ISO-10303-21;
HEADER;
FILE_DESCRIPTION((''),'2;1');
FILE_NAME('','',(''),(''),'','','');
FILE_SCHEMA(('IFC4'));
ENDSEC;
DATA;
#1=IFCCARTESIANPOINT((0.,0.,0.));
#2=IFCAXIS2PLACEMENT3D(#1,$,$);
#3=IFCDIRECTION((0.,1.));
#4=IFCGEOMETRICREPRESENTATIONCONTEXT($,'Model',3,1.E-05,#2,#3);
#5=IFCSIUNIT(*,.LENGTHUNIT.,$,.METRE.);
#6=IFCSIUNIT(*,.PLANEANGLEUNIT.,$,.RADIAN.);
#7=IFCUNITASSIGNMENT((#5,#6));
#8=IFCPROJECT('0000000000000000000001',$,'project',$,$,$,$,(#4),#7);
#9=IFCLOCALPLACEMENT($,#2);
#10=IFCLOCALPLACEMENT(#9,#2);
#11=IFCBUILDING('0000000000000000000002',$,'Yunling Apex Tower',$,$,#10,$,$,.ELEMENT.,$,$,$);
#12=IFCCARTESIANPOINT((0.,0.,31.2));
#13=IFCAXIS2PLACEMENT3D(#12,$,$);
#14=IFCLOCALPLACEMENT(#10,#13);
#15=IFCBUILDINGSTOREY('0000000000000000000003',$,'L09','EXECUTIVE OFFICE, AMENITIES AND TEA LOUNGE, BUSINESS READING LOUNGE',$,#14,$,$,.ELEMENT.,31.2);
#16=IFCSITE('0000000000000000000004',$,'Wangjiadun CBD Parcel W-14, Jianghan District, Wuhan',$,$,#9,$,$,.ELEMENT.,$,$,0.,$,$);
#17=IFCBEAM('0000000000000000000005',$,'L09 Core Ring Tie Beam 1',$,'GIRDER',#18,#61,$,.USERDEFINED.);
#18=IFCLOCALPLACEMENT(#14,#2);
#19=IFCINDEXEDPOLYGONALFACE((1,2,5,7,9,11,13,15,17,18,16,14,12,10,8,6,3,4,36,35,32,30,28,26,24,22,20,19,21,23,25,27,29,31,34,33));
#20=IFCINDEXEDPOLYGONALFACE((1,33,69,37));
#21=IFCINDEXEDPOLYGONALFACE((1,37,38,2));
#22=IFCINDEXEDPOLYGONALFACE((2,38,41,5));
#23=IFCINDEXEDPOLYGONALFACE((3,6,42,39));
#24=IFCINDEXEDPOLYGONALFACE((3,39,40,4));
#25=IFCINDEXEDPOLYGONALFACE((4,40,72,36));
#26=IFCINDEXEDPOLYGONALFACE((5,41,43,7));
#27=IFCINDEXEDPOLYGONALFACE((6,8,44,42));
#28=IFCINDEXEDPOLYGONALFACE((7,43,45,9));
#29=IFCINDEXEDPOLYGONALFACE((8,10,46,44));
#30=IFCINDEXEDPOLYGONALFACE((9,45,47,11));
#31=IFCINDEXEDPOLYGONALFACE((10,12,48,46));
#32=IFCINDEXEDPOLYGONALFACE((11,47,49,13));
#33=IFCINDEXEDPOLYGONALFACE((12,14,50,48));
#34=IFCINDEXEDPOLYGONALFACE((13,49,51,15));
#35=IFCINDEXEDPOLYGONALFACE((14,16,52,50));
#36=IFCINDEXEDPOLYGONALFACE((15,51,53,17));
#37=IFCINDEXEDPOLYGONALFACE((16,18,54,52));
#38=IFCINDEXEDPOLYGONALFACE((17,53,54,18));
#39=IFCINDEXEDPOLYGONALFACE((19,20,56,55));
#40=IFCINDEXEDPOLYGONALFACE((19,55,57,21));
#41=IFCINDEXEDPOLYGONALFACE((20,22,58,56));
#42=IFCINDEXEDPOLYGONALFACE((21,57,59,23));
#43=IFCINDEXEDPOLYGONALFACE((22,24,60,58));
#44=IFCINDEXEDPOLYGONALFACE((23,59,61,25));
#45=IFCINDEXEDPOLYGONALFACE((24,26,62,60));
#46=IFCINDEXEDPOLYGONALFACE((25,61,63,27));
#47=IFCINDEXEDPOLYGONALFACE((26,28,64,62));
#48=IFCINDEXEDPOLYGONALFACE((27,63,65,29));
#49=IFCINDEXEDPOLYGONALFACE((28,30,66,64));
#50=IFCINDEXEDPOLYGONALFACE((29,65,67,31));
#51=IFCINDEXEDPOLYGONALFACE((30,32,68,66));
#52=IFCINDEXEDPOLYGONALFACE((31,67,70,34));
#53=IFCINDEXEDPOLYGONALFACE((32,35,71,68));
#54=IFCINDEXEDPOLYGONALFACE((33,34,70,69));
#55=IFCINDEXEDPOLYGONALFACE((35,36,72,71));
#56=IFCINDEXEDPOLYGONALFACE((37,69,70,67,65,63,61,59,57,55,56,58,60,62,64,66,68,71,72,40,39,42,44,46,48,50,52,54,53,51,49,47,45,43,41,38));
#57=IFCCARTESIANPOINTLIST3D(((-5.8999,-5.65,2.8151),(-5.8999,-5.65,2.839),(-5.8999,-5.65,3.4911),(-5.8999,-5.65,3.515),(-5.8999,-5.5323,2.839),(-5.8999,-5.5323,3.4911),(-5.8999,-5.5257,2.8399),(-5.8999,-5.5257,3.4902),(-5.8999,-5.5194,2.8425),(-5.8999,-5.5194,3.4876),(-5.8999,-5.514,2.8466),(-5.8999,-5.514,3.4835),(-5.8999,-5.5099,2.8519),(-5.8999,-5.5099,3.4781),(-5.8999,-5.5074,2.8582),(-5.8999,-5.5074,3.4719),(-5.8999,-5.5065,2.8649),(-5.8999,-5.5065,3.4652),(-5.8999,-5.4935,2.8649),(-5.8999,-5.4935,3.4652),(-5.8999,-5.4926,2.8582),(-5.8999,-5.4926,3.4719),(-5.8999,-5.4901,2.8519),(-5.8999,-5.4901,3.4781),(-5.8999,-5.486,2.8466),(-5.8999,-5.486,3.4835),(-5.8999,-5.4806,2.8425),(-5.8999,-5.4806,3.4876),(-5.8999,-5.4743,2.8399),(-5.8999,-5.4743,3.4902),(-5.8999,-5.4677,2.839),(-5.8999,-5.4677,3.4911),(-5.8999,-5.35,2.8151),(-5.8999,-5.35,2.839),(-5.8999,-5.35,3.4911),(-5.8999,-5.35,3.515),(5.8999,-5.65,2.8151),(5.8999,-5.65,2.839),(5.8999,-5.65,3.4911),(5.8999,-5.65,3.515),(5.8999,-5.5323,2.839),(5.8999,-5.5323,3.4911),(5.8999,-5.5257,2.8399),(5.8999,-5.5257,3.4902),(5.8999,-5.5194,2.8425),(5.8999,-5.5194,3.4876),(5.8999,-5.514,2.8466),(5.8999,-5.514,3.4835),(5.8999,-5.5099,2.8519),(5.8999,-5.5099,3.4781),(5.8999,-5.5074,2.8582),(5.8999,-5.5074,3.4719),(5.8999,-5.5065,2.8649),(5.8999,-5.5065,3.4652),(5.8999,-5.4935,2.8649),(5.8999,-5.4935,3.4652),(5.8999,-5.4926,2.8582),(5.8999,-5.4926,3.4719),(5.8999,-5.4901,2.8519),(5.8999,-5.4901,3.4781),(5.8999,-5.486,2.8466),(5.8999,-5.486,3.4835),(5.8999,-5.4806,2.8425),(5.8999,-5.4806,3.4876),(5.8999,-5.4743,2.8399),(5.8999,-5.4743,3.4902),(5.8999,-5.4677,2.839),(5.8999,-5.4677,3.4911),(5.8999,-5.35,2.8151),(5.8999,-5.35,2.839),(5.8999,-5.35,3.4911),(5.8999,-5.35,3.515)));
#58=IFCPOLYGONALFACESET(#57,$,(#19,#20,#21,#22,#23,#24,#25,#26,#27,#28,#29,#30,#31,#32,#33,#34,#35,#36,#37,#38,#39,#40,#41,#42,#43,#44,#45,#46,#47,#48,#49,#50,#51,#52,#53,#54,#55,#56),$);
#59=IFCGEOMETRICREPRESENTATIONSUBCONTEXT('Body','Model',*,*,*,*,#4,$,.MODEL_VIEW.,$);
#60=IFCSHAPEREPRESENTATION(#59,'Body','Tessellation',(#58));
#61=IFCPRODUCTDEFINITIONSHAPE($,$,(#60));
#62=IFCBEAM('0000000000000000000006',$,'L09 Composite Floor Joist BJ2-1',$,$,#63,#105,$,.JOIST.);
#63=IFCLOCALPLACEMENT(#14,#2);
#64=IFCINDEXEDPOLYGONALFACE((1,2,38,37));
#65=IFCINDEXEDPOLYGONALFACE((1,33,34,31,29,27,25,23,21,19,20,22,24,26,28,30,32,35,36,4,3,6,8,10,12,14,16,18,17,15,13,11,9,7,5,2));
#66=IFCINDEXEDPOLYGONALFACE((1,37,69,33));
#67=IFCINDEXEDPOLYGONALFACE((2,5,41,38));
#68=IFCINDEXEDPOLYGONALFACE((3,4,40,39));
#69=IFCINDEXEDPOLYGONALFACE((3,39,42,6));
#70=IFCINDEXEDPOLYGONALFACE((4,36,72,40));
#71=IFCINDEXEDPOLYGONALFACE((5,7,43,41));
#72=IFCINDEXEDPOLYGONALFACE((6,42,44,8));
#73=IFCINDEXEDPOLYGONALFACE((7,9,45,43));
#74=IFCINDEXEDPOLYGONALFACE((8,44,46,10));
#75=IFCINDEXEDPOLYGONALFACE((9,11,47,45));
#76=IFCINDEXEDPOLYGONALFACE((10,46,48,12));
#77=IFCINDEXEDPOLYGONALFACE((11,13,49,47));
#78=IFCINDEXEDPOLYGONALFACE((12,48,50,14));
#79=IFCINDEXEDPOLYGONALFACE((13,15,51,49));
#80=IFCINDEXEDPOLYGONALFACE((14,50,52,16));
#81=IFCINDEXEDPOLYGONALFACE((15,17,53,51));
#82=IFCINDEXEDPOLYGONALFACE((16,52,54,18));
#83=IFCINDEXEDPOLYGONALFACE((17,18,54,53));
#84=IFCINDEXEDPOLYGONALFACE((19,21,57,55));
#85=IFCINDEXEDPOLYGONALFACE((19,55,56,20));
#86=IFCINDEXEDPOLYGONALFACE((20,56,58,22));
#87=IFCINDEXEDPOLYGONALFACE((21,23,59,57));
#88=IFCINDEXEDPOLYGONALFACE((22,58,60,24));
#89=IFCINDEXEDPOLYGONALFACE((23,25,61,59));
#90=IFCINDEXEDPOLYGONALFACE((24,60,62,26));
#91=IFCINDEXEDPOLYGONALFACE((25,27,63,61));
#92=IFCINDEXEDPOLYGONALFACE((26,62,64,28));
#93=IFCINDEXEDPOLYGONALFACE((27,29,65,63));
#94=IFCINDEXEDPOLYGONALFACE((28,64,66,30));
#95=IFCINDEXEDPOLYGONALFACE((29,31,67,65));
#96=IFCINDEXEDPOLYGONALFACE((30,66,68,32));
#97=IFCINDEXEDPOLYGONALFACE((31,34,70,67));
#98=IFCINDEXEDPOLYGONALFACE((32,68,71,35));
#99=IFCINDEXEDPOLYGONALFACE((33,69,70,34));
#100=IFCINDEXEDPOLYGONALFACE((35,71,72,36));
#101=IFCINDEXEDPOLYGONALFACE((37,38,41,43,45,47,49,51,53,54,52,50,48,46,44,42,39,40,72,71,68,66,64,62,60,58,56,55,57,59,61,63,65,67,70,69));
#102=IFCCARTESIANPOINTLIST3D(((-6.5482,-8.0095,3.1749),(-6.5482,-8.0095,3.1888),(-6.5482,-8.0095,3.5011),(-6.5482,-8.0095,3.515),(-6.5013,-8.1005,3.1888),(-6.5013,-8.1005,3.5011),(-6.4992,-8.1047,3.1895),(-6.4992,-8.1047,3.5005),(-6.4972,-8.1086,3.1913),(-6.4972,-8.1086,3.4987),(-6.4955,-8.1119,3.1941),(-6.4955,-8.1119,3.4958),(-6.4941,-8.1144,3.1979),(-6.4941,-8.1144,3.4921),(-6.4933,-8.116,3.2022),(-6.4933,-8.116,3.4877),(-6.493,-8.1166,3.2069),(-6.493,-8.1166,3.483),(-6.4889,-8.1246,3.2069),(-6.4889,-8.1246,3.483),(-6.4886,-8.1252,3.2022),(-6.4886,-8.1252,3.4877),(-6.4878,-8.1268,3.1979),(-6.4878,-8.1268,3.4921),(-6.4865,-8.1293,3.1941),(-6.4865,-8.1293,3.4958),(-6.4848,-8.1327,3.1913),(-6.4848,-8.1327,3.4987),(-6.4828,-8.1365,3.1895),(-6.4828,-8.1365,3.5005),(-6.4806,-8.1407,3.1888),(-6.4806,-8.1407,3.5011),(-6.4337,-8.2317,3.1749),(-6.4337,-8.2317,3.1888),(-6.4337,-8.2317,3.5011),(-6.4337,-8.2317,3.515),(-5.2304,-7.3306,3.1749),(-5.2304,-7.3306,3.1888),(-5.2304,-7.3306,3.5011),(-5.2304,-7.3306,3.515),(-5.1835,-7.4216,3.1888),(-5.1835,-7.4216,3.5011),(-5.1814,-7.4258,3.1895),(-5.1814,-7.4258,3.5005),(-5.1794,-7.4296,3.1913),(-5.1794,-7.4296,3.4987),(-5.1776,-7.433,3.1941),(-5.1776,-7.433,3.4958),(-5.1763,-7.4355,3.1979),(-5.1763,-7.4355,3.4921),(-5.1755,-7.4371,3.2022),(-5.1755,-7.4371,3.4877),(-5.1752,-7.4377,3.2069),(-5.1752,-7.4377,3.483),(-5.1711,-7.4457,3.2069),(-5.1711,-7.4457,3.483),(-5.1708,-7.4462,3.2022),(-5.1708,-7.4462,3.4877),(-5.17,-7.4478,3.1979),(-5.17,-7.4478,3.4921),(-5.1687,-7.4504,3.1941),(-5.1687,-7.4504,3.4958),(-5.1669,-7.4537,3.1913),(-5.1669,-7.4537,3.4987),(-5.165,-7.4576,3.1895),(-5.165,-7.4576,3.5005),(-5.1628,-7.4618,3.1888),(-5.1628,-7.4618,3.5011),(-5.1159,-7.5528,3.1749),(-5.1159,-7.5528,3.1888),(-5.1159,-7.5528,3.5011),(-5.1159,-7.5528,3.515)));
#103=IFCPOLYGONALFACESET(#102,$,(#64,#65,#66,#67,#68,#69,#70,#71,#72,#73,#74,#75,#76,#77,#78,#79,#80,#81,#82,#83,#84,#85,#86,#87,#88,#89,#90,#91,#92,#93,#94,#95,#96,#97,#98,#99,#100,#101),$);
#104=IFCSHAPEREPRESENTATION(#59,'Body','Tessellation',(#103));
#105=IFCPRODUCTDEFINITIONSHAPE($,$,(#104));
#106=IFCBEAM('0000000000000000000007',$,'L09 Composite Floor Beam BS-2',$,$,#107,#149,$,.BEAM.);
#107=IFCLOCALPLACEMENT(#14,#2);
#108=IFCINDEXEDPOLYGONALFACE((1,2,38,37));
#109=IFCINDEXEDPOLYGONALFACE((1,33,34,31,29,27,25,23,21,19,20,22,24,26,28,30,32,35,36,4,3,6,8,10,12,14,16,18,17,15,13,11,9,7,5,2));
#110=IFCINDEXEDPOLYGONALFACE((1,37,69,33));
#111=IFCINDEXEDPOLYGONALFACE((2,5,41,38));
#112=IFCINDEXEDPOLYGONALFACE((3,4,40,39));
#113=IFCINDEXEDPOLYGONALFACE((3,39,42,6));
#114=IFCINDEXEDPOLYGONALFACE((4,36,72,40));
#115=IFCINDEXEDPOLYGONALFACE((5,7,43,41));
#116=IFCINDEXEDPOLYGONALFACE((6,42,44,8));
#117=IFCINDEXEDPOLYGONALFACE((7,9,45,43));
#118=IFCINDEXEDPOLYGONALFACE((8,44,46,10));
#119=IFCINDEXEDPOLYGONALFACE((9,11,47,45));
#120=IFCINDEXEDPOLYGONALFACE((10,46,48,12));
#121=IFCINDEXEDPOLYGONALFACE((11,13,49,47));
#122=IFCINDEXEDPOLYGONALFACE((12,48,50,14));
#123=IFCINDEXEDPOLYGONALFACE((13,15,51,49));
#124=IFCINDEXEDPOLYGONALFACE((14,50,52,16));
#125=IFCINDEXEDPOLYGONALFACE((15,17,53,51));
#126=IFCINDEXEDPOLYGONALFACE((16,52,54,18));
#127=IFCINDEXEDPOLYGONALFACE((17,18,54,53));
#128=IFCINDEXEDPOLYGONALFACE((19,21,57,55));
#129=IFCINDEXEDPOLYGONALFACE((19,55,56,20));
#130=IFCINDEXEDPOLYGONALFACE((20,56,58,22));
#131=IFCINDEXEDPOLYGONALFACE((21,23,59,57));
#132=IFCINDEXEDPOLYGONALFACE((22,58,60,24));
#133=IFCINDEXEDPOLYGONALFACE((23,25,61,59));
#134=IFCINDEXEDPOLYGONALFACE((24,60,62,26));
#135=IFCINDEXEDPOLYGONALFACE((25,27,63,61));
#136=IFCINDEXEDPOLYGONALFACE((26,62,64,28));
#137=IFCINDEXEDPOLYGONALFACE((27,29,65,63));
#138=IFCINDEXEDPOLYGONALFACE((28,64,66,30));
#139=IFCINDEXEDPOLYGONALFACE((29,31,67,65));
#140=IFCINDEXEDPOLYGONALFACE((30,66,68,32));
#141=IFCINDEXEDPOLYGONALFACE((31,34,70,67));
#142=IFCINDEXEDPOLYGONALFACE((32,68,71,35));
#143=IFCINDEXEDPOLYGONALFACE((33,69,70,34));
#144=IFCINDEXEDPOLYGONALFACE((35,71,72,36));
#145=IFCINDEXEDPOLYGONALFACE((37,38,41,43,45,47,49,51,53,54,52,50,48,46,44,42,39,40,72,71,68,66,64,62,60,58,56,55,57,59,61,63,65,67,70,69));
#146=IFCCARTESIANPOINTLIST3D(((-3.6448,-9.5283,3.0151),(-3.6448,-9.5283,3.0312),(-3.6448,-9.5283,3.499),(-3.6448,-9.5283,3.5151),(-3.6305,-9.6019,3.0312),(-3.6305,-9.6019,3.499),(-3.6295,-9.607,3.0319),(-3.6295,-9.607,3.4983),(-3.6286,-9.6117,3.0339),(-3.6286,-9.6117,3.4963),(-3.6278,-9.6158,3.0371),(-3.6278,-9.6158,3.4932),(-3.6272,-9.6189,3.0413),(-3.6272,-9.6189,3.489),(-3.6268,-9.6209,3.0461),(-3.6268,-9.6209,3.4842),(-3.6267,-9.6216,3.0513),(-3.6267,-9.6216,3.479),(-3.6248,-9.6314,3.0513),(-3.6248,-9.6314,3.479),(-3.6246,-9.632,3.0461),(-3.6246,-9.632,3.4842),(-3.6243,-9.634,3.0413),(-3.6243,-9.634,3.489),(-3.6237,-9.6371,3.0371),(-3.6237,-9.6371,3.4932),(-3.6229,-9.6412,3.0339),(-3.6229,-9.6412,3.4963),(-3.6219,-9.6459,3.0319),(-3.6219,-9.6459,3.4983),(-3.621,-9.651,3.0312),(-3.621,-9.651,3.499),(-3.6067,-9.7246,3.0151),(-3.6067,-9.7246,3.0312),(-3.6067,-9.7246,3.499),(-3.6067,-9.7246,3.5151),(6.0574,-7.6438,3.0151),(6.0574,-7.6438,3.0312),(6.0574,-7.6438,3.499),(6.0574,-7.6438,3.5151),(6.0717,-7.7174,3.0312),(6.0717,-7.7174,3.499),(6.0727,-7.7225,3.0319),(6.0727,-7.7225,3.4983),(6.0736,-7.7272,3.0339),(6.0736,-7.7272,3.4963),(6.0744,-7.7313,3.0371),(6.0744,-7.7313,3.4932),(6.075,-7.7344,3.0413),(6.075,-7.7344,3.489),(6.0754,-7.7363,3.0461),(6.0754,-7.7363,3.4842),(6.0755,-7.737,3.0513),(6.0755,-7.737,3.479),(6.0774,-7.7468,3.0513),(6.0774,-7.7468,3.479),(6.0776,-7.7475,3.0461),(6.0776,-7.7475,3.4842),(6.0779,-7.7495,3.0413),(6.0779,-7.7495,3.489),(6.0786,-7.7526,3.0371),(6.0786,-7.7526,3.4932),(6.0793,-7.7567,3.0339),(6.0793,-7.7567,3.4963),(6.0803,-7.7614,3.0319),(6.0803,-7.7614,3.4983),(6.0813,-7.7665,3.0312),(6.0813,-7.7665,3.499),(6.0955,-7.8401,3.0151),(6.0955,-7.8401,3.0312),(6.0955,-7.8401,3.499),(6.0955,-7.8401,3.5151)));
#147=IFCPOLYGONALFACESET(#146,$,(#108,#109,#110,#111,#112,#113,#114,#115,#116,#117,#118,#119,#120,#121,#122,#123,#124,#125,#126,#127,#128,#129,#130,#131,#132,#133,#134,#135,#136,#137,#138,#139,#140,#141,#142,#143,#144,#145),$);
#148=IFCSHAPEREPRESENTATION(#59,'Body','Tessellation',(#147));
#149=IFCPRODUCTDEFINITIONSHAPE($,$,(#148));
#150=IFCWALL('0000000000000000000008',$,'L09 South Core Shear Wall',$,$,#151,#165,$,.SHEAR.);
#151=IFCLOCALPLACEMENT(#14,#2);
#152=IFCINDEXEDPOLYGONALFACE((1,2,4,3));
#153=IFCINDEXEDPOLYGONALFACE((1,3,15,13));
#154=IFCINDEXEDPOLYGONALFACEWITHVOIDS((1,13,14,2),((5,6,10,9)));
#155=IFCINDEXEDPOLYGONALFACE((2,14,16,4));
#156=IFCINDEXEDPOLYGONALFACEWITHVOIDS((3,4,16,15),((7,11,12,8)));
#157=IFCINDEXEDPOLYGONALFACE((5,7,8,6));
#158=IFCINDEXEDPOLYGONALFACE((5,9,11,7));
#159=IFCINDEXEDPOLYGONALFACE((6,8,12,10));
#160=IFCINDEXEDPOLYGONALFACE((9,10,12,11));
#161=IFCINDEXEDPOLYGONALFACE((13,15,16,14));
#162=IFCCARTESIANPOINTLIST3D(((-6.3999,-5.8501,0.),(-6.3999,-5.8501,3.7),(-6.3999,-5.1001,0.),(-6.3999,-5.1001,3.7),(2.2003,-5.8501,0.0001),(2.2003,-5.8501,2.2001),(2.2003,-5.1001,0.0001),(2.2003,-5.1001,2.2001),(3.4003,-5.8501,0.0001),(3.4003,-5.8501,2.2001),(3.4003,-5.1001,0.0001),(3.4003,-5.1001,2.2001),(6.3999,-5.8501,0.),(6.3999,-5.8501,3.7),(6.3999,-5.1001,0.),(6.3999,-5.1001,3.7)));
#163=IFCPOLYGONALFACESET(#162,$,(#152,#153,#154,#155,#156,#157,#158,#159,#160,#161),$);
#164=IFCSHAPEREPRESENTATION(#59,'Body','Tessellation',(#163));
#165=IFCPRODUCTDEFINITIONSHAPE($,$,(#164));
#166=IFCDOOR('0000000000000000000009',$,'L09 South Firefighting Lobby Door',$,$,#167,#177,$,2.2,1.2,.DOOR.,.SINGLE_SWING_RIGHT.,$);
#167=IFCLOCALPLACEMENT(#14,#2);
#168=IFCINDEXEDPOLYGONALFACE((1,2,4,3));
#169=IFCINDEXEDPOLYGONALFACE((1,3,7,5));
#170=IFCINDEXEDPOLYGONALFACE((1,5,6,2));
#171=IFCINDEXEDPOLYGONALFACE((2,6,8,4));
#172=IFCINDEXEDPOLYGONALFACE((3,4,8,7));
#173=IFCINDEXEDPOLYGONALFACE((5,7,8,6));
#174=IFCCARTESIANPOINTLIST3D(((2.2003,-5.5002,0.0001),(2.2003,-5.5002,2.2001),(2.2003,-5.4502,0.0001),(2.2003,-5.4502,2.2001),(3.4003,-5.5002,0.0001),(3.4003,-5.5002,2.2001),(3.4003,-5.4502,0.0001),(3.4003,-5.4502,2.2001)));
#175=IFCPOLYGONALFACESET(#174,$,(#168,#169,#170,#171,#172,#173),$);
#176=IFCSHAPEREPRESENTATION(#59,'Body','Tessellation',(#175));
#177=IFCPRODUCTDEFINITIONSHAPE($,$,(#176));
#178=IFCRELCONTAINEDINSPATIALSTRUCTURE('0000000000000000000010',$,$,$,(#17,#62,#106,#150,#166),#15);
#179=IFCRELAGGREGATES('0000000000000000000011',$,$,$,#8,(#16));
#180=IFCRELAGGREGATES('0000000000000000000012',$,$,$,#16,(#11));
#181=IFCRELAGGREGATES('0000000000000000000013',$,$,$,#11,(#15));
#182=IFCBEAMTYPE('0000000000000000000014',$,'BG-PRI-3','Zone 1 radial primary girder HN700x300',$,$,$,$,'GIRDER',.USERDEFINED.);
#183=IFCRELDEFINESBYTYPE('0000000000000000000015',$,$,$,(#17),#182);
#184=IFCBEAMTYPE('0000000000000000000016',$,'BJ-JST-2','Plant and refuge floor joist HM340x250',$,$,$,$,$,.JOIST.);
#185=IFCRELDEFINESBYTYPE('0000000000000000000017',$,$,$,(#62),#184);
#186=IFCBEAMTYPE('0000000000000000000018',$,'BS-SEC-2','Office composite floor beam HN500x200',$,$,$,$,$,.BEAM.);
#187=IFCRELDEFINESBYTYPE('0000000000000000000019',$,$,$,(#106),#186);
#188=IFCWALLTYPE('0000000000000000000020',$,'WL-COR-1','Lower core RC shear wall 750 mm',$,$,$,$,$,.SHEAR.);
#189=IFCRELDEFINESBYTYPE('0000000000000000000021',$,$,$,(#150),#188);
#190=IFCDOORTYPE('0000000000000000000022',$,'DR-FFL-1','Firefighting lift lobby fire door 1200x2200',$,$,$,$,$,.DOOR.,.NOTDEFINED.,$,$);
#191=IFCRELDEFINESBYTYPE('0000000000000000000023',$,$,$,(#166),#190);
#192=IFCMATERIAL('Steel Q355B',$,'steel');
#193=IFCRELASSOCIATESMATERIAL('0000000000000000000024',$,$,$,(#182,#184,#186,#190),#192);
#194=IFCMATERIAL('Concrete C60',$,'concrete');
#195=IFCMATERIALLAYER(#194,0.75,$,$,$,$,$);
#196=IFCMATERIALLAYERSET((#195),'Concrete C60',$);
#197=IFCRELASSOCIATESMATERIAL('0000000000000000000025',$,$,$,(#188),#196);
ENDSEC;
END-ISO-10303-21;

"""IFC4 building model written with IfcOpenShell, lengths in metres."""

from ifc_helpers import new_model, si_unit, direction, frame, frame_2d, origin, origin_2d, place, context, subcontext, project, spatial, rectangle, i_section, extrude, source, transform, mapped, material, layer, layer_set, material_profile, profile_set, type_object, element, fill, save


model = new_model("IFC4")

# Units and contexts
model_context = context("Model", 3, precision=1e-05, world=origin(), true_north=direction((0.0, 1.0)))
body_context = subcontext(model_context, "Body", "Model", "MODEL_VIEW")
ifc_project = project(units=[si_unit("LENGTHUNIT", "METRE"), si_unit("PLANEANGLEUNIT", "RADIAN")], contexts=[model_context])

# Site, building, storey
site_placement = place(None, origin())
site = spatial("IfcSite", under=ifc_project, at=site_placement, Name="Wangjiadun CBD Parcel W-14, Jianghan District, Wuhan", CompositionType="ELEMENT", RefElevation=0.0)
building_placement = place(site_placement, origin())
building = spatial("IfcBuilding", under=site, at=building_placement, Name="Yunling Apex Tower", CompositionType="ELEMENT")
storey_placement = place(building_placement, frame((0.0, 0.0, 31.2)))
storey = spatial("IfcBuildingStorey", under=building, at=storey_placement, Name="L09", Description="EXECUTIVE OFFICE, AMENITIES AND TEA LOUNGE, BUSINESS READING LOUNGE", CompositionType="ELEMENT", Elevation=31.2)

# Shared definitions
ifc_material_1 = material(Name="Concrete C60", Category="concrete")

# Beams
ifc_material_2 = material(Name="Steel Q355B", Category="steel")
ifc_material_profile_1 = material_profile(ifc_material_2, i_section(OverallWidth=0.3, OverallDepth=0.7, WebThickness=0.0129, FlangeThickness=0.0239, FilletRadius=0.0259, at=origin_2d()))
ifc_profile_set_1 = profile_set([ifc_material_profile_1], Name="Steel Q355B")
beam_type_1 = type_object("IfcBeamType", Name="BG-PRI-3", Description="Zone 1 radial primary girder HN700x300", ElementType="GIRDER", PredefinedType="USERDEFINED", material=ifc_profile_set_1)
shared_shape_1 = source(origin(), body_context, "Body", "SweptSolid", [
    extrude(i_section(OverallWidth=0.3, OverallDepth=0.7, WebThickness=0.0129, FlangeThickness=0.0239, FilletRadius=0.0259, at=origin_2d()), origin(), (0.0, 0.0, 1.0), 11.7998),
])
beam_1_placement = place(storey_placement, frame((-5.8999, -5.5, 3.165), z_axis=(1.0, 0.0, 0.0), x_axis=(0.0, 1.0, 0.0)))
element("IfcBeam", 1, at=beam_1_placement, inside=storey, type_object=beam_type_1, Name="L09 Core Ring Tie Beam 1", ObjectType="GIRDER", PredefinedType="USERDEFINED", context=body_context, shape_type="MappedRepresentation", body=[
    mapped(shared_shape_1, transform((0.0, 0.0, 0.0), scale=1.0)),
])
ifc_material_profile_2 = material_profile(ifc_material_2, i_section(OverallWidth=0.25, OverallDepth=0.3401, WebThickness=0.009, FlangeThickness=0.0139, FilletRadius=0.0181, at=origin_2d()))
ifc_profile_set_2 = profile_set([ifc_material_profile_2], Name="Steel Q355B")
beam_type_2 = type_object("IfcBeamType", Name="BJ-JST-2", Description="Plant and refuge floor joist HM340x250", PredefinedType="JOIST", material=ifc_profile_set_2)
shared_shape_2 = source(origin(), body_context, "Body", "SweptSolid", [
    extrude(i_section(OverallWidth=0.25, OverallDepth=0.3401, WebThickness=0.009, FlangeThickness=0.0139, FilletRadius=0.0181, at=origin_2d()), origin(), (0.0, 0.0, 1.0), 1.4824),
])
beam_2_placement = place(storey_placement, frame((-6.491, -8.1206, 3.345), z_axis=(0.88896, 0.457984, 0.0), x_axis=(-0.457984, 0.88896, 0.0)))
element("IfcBeam", 2, at=beam_2_placement, inside=storey, type_object=beam_type_2, Name="L09 Composite Floor Joist BJ2-1", PredefinedType="JOIST", context=body_context, shape_type="MappedRepresentation", body=[
    mapped(shared_shape_2, transform((0.0, 0.0, 0.0), scale=1.0)),
])
ifc_material_profile_3 = material_profile(ifc_material_2, i_section(OverallWidth=0.2, OverallDepth=0.5, WebThickness=0.01, FlangeThickness=0.0161, FilletRadius=0.02, at=origin_2d()))
ifc_profile_set_3 = profile_set([ifc_material_profile_3], Name="Steel Q355B")
beam_type_3 = type_object("IfcBeamType", Name="BS-SEC-2", Description="Office composite floor beam HN500x200", PredefinedType="BEAM", material=ifc_profile_set_3)
shared_shape_3 = source(origin(), body_context, "Body", "SweptSolid", [
    extrude(i_section(OverallWidth=0.2, OverallDepth=0.5, WebThickness=0.01, FlangeThickness=0.0161, FilletRadius=0.02, at=origin_2d()), origin(), (0.0, 0.0, 1.0), 9.8835),
])
beam_3_placement = place(storey_placement, frame((-3.6257, -9.6265, 3.2651), z_axis=(0.981653, 0.190674, 0.0), x_axis=(-0.190674, 0.981653, 0.0)))
element("IfcBeam", 3, at=beam_3_placement, inside=storey, type_object=beam_type_3, Name="L09 Composite Floor Beam BS-2", PredefinedType="BEAM", context=body_context, shape_type="MappedRepresentation", body=[
    mapped(shared_shape_3, transform((0.0, 0.0, 0.0), scale=1.0)),
])

# Wall, opening, door
ifc_layer_1 = layer(ifc_material_1, 0.75)
ifc_layer_set_1 = layer_set([ifc_layer_1], Name="Concrete C60")
wall_type_1 = type_object("IfcWallType", Name="WL-COR-1", Description="Lower core RC shear wall 750 mm", PredefinedType="SHEAR", material=ifc_layer_set_1)
wall_1_placement = place(storey_placement, frame((-6.3999, -5.4751, 0.0), z_axis=(0.0, 0.0, 1.0), x_axis=(1.0, 0.0, 0.0)))
wall_1 = element("IfcWall", 4, at=wall_1_placement, inside=storey, type_object=wall_type_1, Name="L09 South Core Shear Wall", PredefinedType="SHEAR", context=body_context, shape_type="SweptSolid", body=[
    extrude(rectangle(XDim=12.7998, YDim=0.75, at=frame_2d((6.3999, 0.0))), origin(), (0.0, 0.0, 1.0), 3.7),
])
opening_1_placement = place(wall_1_placement, frame((8.6001, 0.0, 0.0)))
opening_1 = element("IfcOpeningElement", 5, at=opening_1_placement, cuts=wall_1, PredefinedType="OPENING", context=body_context, shape_type="SweptSolid", body=[
    extrude(rectangle(XDim=1.2, YDim=2.2, at=frame_2d((0.6001, 1.1001))), frame((0.0, 0.385, 0.0), z_axis=(0.0, -1.0, 0.0), x_axis=(1.0, 0.0, 0.0)), (0.0, 0.0, 1.0), 0.77),
])
door_type_1 = type_object("IfcDoorType", Name="DR-FFL-1", Description="Firefighting lift lobby fire door 1200x2200", OperationType="NOTDEFINED", PredefinedType="DOOR", material=ifc_material_2)
door_1_placement = place(opening_1_placement, origin())
door_1 = element("IfcDoor", 6, at=door_1_placement, inside=storey, type_object=door_type_1, Name="L09 South Firefighting Lobby Door", OperationType="SINGLE_SWING_RIGHT", OverallHeight=2.2, OverallWidth=1.2, PredefinedType="DOOR", context=body_context, shape_type="SweptSolid", body=[
    extrude(rectangle(XDim=1.2, YDim=2.2, at=frame_2d((0.6001, 1.1001))), frame((0.0, 0.0249, 0.0), z_axis=(0.0, -1.0, 0.0), x_axis=(1.0, 0.0, 0.0)), (0.0, 0.0, 1.0), 0.05),
])
fill(opening_1, door_1)

save(model, "model.ifc")
